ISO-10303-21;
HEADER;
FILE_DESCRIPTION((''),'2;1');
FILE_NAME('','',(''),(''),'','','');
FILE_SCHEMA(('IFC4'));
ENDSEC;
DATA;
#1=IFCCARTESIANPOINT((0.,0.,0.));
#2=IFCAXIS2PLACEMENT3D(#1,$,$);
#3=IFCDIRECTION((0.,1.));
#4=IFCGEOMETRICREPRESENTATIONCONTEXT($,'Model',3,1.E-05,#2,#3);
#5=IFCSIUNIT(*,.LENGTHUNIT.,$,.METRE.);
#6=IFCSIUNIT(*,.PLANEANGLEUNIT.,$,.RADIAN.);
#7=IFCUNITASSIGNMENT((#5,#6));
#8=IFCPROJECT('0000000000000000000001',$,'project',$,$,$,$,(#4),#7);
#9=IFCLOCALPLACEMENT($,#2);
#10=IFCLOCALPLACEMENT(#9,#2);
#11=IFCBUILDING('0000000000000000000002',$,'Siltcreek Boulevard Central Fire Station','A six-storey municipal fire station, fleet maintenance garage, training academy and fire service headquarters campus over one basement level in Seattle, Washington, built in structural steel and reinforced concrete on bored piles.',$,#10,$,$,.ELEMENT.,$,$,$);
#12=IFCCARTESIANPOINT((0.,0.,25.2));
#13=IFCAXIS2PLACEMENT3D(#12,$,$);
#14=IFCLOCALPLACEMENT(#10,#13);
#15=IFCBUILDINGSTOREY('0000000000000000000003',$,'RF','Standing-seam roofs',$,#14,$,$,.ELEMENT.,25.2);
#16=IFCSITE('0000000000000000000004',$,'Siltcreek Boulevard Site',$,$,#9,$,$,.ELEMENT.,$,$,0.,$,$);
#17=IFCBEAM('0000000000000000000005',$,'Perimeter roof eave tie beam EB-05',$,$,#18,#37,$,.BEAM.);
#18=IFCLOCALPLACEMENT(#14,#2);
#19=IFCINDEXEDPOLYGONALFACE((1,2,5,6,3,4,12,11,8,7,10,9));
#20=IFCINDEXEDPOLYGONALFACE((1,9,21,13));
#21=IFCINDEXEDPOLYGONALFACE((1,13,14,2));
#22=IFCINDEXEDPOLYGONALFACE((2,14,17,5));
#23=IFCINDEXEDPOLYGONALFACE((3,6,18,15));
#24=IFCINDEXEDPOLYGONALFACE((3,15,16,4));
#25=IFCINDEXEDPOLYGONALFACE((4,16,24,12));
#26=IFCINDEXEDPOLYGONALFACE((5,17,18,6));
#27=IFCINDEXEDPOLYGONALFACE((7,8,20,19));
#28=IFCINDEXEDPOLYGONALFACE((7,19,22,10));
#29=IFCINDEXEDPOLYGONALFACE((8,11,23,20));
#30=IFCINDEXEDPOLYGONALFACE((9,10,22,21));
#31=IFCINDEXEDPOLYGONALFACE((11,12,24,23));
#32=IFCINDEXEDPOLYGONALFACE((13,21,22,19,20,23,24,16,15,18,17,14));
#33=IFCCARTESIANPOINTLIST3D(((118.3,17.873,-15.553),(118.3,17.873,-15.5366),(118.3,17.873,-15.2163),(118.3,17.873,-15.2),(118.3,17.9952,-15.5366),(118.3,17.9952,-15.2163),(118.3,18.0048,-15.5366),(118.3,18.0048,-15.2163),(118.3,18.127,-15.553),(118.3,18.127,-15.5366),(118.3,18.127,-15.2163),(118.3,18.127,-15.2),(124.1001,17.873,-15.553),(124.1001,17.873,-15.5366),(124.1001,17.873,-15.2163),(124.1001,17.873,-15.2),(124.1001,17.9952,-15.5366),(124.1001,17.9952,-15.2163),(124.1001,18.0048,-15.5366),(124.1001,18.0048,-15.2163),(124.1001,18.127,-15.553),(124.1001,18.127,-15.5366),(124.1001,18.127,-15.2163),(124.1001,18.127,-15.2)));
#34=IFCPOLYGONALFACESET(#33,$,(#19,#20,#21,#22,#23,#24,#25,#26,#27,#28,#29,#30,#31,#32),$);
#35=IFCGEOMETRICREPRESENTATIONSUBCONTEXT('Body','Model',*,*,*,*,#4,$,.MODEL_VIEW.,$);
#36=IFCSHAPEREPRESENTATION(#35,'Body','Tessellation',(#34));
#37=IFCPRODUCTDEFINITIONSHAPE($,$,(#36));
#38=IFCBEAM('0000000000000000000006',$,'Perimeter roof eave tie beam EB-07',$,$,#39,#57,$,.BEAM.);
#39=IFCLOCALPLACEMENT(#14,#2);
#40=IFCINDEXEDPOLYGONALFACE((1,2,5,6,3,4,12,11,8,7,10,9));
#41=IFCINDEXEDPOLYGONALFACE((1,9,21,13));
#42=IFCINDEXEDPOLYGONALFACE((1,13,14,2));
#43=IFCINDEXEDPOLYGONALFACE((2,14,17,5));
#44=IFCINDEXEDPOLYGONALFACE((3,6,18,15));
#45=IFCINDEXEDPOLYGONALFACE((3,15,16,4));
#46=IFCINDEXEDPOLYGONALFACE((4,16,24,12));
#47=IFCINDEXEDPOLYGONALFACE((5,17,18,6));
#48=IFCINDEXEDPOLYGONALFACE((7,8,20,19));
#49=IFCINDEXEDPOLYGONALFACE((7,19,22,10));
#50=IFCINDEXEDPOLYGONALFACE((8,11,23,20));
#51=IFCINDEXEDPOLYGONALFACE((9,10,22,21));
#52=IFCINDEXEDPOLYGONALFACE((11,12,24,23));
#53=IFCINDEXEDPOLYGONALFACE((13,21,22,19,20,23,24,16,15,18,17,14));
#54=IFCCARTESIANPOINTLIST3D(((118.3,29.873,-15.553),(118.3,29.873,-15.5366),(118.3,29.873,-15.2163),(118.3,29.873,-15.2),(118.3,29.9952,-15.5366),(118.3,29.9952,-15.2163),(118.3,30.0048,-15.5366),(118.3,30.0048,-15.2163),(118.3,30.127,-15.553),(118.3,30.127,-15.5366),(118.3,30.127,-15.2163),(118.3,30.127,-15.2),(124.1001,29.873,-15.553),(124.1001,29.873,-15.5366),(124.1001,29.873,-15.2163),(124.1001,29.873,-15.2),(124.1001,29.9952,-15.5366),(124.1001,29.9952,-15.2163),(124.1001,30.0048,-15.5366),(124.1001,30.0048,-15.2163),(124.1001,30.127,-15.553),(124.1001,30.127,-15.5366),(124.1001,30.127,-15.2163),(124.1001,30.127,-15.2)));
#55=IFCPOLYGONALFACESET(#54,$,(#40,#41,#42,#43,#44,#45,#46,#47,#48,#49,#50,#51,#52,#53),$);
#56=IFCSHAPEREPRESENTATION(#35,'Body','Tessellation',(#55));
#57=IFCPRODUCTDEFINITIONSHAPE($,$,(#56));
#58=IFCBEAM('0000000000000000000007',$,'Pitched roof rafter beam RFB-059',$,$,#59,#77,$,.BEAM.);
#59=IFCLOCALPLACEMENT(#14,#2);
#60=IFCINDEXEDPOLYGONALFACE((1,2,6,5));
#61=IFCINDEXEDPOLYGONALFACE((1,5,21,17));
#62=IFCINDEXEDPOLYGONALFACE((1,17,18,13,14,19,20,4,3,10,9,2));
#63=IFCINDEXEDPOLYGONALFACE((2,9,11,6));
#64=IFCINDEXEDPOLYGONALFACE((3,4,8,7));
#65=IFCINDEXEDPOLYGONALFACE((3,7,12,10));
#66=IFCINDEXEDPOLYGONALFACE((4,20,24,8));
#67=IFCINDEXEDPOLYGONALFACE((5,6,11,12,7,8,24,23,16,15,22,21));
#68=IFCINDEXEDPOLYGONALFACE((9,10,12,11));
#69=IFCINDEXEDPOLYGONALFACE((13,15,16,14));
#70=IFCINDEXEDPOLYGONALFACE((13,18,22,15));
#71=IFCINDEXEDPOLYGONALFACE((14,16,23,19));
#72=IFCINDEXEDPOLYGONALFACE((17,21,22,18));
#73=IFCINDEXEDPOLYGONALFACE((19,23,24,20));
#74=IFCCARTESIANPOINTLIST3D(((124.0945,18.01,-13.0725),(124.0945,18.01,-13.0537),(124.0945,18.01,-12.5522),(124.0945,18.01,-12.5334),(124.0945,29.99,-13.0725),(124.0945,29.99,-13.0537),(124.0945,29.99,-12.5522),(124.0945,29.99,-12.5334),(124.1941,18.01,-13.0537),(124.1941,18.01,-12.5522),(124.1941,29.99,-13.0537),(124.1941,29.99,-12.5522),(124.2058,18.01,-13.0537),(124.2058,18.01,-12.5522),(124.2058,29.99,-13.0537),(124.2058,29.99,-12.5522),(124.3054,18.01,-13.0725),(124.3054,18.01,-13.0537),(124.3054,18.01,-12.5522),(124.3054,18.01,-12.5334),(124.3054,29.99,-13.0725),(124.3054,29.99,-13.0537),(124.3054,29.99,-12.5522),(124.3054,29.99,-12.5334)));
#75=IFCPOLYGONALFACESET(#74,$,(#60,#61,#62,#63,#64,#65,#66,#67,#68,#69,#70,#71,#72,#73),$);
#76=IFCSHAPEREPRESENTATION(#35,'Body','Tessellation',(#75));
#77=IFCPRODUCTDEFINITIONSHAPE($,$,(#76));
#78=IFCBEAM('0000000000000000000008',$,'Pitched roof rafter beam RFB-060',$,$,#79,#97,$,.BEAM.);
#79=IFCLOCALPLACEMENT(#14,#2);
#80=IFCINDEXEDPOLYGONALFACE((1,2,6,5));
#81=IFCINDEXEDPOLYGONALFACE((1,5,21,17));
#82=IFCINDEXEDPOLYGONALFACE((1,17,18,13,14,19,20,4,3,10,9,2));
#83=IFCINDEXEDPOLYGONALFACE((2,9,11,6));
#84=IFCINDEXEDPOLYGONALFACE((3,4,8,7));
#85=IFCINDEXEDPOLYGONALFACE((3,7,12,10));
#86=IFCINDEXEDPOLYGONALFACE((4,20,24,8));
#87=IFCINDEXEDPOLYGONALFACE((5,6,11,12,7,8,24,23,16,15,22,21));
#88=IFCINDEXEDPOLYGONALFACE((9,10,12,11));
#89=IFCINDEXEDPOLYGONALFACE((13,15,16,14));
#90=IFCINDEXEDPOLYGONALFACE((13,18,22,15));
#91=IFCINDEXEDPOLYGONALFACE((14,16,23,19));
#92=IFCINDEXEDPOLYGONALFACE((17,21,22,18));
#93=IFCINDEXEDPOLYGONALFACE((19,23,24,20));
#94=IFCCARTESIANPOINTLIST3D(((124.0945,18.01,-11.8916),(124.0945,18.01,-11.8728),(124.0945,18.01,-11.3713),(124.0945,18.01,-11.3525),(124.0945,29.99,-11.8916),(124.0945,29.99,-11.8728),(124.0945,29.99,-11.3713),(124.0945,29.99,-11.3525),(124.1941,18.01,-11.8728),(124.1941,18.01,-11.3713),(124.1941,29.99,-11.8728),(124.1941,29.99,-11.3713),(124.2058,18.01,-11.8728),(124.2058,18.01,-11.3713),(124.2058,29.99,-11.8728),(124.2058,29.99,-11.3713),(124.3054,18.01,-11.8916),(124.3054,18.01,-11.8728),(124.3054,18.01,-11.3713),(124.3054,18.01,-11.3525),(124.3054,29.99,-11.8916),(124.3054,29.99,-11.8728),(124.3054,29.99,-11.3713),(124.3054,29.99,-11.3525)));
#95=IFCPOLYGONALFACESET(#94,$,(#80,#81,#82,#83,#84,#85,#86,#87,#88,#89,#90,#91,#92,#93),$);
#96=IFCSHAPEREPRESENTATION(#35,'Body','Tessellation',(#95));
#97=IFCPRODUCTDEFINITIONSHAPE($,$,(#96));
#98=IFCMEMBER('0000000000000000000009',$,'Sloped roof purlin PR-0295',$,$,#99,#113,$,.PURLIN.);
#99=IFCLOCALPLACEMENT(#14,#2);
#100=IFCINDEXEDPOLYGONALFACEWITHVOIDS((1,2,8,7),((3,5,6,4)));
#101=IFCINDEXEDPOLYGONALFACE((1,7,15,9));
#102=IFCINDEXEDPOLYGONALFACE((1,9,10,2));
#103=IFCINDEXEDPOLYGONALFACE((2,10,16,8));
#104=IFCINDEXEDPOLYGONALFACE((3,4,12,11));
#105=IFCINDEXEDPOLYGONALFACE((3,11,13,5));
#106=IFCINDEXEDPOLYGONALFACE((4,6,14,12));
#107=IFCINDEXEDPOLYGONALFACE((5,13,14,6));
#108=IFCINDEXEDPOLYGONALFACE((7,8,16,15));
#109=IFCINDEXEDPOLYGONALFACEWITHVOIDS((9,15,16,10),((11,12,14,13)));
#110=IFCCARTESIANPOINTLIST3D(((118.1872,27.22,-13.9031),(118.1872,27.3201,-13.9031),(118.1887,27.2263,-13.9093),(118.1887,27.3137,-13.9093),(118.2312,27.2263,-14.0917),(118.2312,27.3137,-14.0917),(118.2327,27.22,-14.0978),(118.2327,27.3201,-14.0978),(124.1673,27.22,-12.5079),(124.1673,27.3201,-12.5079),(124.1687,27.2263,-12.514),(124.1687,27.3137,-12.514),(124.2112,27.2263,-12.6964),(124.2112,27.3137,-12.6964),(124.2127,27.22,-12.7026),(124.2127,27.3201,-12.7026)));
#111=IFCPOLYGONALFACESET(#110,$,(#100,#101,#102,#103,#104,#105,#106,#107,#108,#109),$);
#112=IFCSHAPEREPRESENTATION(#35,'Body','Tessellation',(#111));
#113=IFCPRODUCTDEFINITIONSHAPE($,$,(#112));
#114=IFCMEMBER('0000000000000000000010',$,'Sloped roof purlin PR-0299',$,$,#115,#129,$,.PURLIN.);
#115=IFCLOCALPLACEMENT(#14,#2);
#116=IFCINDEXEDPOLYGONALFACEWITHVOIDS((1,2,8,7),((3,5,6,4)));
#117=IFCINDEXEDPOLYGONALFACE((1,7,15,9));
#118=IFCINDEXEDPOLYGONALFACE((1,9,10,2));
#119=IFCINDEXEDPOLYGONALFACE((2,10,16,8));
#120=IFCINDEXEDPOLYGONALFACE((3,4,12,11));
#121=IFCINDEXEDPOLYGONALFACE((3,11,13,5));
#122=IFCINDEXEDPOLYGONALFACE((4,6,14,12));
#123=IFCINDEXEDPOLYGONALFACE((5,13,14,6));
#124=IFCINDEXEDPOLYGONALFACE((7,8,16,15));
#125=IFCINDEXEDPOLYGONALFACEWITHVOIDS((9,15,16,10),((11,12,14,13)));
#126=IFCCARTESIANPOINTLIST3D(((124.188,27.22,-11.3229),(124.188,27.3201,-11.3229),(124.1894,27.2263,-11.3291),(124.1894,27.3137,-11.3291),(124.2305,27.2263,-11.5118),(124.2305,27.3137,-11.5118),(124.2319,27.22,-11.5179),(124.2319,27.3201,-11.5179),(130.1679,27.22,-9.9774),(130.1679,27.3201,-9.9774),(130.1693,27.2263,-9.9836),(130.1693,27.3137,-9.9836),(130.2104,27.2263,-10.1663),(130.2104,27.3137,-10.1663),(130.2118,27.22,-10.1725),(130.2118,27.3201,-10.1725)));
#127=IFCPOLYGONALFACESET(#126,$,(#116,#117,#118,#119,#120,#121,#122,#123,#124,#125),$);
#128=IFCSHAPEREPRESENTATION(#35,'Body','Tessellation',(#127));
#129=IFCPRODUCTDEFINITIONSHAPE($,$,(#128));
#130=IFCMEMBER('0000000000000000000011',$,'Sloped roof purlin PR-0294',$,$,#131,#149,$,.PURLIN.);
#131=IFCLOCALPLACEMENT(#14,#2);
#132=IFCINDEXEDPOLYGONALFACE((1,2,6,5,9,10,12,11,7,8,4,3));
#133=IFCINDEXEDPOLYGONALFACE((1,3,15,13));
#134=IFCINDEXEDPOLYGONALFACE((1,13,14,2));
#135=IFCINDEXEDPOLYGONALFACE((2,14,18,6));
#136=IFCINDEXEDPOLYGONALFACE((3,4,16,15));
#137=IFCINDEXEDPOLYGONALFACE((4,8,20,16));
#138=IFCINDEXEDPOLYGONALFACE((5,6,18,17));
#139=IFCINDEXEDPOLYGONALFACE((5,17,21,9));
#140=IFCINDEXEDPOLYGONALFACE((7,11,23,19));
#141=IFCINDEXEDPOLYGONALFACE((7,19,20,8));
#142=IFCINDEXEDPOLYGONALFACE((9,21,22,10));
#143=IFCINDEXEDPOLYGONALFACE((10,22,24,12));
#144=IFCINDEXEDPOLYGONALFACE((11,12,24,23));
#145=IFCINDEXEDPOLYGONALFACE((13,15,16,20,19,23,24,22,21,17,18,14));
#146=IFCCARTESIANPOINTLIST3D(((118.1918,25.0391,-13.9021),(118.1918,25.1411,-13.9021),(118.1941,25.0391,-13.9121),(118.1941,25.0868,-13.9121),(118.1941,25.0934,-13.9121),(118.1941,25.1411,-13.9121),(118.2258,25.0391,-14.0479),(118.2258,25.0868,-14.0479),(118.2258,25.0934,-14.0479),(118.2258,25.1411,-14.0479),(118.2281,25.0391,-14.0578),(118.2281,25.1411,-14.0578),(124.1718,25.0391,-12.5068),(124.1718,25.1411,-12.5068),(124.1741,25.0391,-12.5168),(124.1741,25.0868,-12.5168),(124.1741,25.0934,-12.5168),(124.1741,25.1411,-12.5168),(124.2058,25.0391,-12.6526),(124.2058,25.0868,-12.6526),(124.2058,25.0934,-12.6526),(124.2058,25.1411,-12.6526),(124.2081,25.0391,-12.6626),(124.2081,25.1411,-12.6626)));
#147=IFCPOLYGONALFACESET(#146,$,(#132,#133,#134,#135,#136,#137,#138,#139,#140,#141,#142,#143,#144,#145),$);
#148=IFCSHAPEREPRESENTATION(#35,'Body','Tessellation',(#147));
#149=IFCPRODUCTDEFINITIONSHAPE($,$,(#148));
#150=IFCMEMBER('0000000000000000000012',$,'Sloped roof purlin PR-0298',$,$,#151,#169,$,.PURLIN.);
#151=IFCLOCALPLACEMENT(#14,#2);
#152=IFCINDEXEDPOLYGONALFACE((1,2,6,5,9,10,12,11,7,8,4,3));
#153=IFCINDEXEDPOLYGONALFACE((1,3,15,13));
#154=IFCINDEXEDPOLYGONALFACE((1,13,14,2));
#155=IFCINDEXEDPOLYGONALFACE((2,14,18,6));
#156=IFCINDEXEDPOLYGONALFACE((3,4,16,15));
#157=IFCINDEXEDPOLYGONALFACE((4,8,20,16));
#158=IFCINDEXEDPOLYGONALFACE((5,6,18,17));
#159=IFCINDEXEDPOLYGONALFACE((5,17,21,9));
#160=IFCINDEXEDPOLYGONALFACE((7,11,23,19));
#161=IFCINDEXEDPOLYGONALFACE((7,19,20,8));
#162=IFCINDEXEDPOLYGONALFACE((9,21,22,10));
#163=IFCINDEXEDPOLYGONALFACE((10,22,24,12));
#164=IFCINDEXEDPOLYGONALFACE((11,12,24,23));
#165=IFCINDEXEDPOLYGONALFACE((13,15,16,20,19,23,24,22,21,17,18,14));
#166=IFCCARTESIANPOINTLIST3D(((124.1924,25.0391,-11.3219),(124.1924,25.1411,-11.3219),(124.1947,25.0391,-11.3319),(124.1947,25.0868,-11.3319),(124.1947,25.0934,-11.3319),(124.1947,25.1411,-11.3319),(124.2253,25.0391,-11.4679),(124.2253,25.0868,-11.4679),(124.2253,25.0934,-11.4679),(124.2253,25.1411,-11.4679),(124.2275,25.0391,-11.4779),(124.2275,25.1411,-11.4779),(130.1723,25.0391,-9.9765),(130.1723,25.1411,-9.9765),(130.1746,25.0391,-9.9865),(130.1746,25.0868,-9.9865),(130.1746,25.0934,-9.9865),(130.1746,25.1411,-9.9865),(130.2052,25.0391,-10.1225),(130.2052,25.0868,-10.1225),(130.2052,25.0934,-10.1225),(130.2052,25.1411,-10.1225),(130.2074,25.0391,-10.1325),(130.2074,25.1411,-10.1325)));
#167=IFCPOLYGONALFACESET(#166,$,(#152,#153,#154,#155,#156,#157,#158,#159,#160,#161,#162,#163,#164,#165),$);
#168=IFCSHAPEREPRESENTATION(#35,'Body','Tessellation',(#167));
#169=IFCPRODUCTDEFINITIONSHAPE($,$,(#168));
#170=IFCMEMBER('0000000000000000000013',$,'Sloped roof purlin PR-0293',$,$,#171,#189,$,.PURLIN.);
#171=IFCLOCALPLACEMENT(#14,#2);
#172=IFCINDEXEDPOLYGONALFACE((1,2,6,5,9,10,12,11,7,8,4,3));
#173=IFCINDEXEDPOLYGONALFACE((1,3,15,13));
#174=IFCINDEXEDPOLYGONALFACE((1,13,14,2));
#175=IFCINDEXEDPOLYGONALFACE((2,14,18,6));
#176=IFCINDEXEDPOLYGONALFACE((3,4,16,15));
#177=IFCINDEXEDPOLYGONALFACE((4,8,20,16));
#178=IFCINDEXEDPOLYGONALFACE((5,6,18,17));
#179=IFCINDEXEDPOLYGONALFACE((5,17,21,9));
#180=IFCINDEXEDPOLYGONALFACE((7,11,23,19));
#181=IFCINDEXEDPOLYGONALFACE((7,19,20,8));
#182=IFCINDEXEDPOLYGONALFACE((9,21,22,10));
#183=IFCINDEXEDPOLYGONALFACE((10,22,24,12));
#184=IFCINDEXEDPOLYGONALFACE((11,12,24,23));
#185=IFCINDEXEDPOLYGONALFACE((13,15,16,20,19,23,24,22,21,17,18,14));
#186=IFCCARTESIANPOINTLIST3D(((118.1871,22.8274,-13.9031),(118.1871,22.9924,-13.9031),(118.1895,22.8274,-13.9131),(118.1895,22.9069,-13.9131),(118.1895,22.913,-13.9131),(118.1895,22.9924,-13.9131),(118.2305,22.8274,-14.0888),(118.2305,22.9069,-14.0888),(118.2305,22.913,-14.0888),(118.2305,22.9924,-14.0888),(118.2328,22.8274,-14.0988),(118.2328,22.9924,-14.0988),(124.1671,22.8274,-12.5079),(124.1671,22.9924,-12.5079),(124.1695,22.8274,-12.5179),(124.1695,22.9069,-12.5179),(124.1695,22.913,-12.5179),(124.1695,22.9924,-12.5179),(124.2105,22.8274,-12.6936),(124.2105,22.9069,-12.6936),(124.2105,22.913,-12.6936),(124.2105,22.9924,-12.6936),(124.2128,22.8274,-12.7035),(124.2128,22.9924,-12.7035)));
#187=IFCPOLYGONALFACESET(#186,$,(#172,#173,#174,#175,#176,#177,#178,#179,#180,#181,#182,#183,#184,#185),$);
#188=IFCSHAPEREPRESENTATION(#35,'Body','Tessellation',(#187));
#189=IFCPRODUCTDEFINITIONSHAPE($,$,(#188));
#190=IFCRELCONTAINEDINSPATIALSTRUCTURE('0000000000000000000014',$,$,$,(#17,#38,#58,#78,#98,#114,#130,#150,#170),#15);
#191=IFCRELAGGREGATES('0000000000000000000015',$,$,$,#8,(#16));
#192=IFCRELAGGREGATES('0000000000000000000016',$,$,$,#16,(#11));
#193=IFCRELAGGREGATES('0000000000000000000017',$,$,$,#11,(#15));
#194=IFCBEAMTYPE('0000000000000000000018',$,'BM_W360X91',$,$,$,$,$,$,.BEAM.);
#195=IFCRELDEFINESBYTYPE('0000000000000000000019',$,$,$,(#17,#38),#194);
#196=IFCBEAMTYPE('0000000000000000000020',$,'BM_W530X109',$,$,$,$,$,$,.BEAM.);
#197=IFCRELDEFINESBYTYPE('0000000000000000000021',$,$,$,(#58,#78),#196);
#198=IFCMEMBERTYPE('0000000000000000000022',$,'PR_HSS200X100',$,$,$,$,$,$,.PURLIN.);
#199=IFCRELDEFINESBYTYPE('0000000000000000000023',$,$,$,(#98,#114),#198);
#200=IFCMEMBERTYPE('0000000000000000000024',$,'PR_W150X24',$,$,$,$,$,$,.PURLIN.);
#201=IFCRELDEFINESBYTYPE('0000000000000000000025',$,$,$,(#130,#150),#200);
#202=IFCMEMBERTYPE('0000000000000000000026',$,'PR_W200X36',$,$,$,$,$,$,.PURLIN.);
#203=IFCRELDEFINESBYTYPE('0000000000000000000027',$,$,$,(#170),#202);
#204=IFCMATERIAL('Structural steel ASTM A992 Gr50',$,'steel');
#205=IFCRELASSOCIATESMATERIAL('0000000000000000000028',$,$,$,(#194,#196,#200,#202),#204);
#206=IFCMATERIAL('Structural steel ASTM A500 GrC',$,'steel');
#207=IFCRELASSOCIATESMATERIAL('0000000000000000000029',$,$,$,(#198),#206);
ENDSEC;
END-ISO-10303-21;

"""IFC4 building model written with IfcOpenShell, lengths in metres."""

from ifc_helpers import new_model, si_unit, direction, frame, origin, origin_2d, place, context, subcontext, project, spatial, hollow_rectangle, i_section, extrude, material, material_profile, profile_set, type_object, element, save


model = new_model("IFC4")

# Units and contexts
model_context = context("Model", 3, precision=1e-05, world=origin(), true_north=direction((0.0, 1.0)))
body_context = subcontext(model_context, "Body", "Model", "MODEL_VIEW")
ifc_project = project(units=[si_unit("LENGTHUNIT", "METRE"), si_unit("PLANEANGLEUNIT", "RADIAN")], contexts=[model_context])

# Site, building, storey
site_placement = place(None, origin())
site = spatial("IfcSite", under=ifc_project, at=site_placement, Name="Siltcreek Boulevard Site", CompositionType="ELEMENT", RefElevation=0.0)
building_placement = place(site_placement, origin())
building = spatial("IfcBuilding", under=site, at=building_placement, Name="Siltcreek Boulevard Central Fire Station", Description="A six-storey municipal fire station, fleet maintenance garage, training academy and fire service headquarters campus over one basement level in Seattle, Washington, built in structural steel and reinforced concrete on bored piles.", CompositionType="ELEMENT")
storey_placement = place(building_placement, frame((0.0, 0.0, 25.2)))
storey = spatial("IfcBuildingStorey", under=building, at=storey_placement, Name="RF", Description="Standing-seam roofs", CompositionType="ELEMENT", Elevation=25.2)

# Beams
ifc_material_1 = material(Name="Structural steel ASTM A992 Gr50", Category="steel")
ifc_material_profile_1 = material_profile(ifc_material_1, i_section(OverallWidth=0.2539, OverallDepth=0.353, WebThickness=0.0095, FlangeThickness=0.0164, at=origin_2d()), Name="W360X91")
ifc_profile_set_1 = profile_set([ifc_material_profile_1], Name="Structural steel ASTM A992 Gr50")
beam_type_1 = type_object("IfcBeamType", Name="BM_W360X91", PredefinedType="BEAM", material=ifc_profile_set_1)
for number, where, z_axis, x_axis, name in (
    (1, (118.3, 18.0, -15.3765), (1.0, 0.0, 0.0), (0.0, 1.0, 0.0), "Perimeter roof eave tie beam EB-05"),
    (2, (118.3, 30.0, -15.3765), (1.0, 0.0, 0.0), (0.0, 1.0, 0.0), "Perimeter roof eave tie beam EB-07"),
):
    element("IfcBeam", number, at=place(storey_placement, frame(where, z_axis=z_axis, x_axis=x_axis)), inside=storey, type_object=beam_type_1, Name=name, PredefinedType="BEAM", context=body_context, shape_type="SweptSolid", body=[
        extrude(i_section(OverallWidth=0.2539, OverallDepth=0.353, WebThickness=0.0095, FlangeThickness=0.0164, at=origin_2d()), origin(), (0.0, 0.0, 1.0), 5.8),
    ])
ifc_material_profile_2 = material_profile(ifc_material_1, i_section(OverallWidth=0.2109, OverallDepth=0.5391, WebThickness=0.0117, FlangeThickness=0.0188, at=origin_2d()), Name="W530X109")
ifc_profile_set_2 = profile_set([ifc_material_profile_2], Name="Structural steel ASTM A992 Gr50")
beam_type_2 = type_object("IfcBeamType", Name="BM_W530X109", PredefinedType="BEAM", material=ifc_profile_set_2)
for number, where, z_axis, x_axis, name in (
    (3, (124.2, 18.01, -12.803), (0.0, 1.0, 0.0), (-1.0, 0.0, 0.0), "Pitched roof rafter beam RFB-059"),
    (4, (124.2, 18.01, -11.6221), (0.0, 1.0, 0.0), (-1.0, 0.0, 0.0), "Pitched roof rafter beam RFB-060"),
):
    element("IfcBeam", number, at=place(storey_placement, frame(where, z_axis=z_axis, x_axis=x_axis)), inside=storey, type_object=beam_type_2, Name=name, PredefinedType="BEAM", context=body_context, shape_type="SweptSolid", body=[
        extrude(i_section(OverallWidth=0.2109, OverallDepth=0.5391, WebThickness=0.0117, FlangeThickness=0.0188, at=origin_2d()), origin(), (0.0, 0.0, 1.0), 11.98),
    ])

# Members
ifc_material_2 = material(Name="Structural steel ASTM A500 GrC", Category="steel")
ifc_material_profile_3 = material_profile(ifc_material_2, hollow_rectangle(XDim=0.1001, YDim=0.2, WallThickness=0.0063, at=origin_2d()), Name="HSS200X100X6.4")
ifc_profile_set_3 = profile_set([ifc_material_profile_3], Name="Structural steel ASTM A500 GrC")
member_type_1 = type_object("IfcMemberType", Name="PR_HSS200X100", PredefinedType="PURLIN", material=ifc_profile_set_3)
member_1_placement = place(storey_placement, frame((118.21, 27.27, -14.0005), z_axis=(0.973844, 0.0, 0.22722), x_axis=(0.0, 1.0, 0.0)))
element("IfcMember", 5, at=member_1_placement, inside=storey, type_object=member_type_1, Name="Sloped roof purlin PR-0295", PredefinedType="PURLIN", context=body_context, shape_type="SweptSolid", body=[
    extrude(hollow_rectangle(XDim=0.1001, YDim=0.2, WallThickness=0.0063, at=origin_2d()), origin(), (0.0, 0.0, 1.0), 6.1406),
])
member_2_placement = place(storey_placement, frame((124.21, 27.27, -11.4204), z_axis=(0.975611, 0.0, 0.219507), x_axis=(0.0, 1.0, 0.0)))
element("IfcMember", 6, at=member_2_placement, inside=storey, type_object=member_type_1, Name="Sloped roof purlin PR-0299", PredefinedType="PURLIN", context=body_context, shape_type="SweptSolid", body=[
    extrude(hollow_rectangle(XDim=0.1001, YDim=0.2, WallThickness=0.0063, at=origin_2d()), origin(), (0.0, 0.0, 1.0), 6.1294),
])
ifc_material_profile_4 = material_profile(ifc_material_1, i_section(OverallWidth=0.1021, OverallDepth=0.1599, WebThickness=0.0066, FlangeThickness=0.0103, at=origin_2d()), Name="W150X24")
ifc_profile_set_4 = profile_set([ifc_material_profile_4], Name="Structural steel ASTM A992 Gr50")
member_type_2 = type_object("IfcMemberType", Name="PR_W150X24", PredefinedType="PURLIN", material=ifc_profile_set_4)
member_3_placement = place(storey_placement, frame((118.21, 25.0901, -13.98), z_axis=(0.973844, 0.0, 0.22722), x_axis=(0.0, 1.0, 0.0)))
element("IfcMember", 7, at=member_3_placement, inside=storey, type_object=member_type_2, Name="Sloped roof purlin PR-0294", PredefinedType="PURLIN", context=body_context, shape_type="SweptSolid", body=[
    extrude(i_section(OverallWidth=0.1021, OverallDepth=0.1599, WebThickness=0.0066, FlangeThickness=0.0103, at=origin_2d()), origin(), (0.0, 0.0, 1.0), 6.1406),
])
member_4_placement = place(storey_placement, frame((124.21, 25.0901, -11.3999), z_axis=(0.975611, 0.0, 0.219507), x_axis=(0.0, 1.0, 0.0)))
element("IfcMember", 8, at=member_4_placement, inside=storey, type_object=member_type_2, Name="Sloped roof purlin PR-0298", PredefinedType="PURLIN", context=body_context, shape_type="SweptSolid", body=[
    extrude(i_section(OverallWidth=0.1021, OverallDepth=0.1599, WebThickness=0.0066, FlangeThickness=0.0103, at=origin_2d()), origin(), (0.0, 0.0, 1.0), 6.1294),
])
ifc_material_profile_5 = material_profile(ifc_material_1, i_section(OverallWidth=0.165, OverallDepth=0.2009, WebThickness=0.0061, FlangeThickness=0.0103, at=origin_2d()), Name="W200X36")
ifc_profile_set_5 = profile_set([ifc_material_profile_5], Name="Structural steel ASTM A992 Gr50")
member_type_3 = type_object("IfcMemberType", Name="PR_W200X36", PredefinedType="PURLIN", material=ifc_profile_set_5)
member_5_placement = place(storey_placement, frame((118.21, 22.9099, -14.001), z_axis=(0.973844, 0.0, 0.22722), x_axis=(0.0, 1.0, 0.0)))
element("IfcMember", 9, at=member_5_placement, inside=storey, type_object=member_type_3, Name="Sloped roof purlin PR-0293", PredefinedType="PURLIN", context=body_context, shape_type="SweptSolid", body=[
    extrude(i_section(OverallWidth=0.165, OverallDepth=0.2009, WebThickness=0.0061, FlangeThickness=0.0103, at=origin_2d()), origin(), (0.0, 0.0, 1.0), 6.1406),
])

save(model, "model.ifc")
